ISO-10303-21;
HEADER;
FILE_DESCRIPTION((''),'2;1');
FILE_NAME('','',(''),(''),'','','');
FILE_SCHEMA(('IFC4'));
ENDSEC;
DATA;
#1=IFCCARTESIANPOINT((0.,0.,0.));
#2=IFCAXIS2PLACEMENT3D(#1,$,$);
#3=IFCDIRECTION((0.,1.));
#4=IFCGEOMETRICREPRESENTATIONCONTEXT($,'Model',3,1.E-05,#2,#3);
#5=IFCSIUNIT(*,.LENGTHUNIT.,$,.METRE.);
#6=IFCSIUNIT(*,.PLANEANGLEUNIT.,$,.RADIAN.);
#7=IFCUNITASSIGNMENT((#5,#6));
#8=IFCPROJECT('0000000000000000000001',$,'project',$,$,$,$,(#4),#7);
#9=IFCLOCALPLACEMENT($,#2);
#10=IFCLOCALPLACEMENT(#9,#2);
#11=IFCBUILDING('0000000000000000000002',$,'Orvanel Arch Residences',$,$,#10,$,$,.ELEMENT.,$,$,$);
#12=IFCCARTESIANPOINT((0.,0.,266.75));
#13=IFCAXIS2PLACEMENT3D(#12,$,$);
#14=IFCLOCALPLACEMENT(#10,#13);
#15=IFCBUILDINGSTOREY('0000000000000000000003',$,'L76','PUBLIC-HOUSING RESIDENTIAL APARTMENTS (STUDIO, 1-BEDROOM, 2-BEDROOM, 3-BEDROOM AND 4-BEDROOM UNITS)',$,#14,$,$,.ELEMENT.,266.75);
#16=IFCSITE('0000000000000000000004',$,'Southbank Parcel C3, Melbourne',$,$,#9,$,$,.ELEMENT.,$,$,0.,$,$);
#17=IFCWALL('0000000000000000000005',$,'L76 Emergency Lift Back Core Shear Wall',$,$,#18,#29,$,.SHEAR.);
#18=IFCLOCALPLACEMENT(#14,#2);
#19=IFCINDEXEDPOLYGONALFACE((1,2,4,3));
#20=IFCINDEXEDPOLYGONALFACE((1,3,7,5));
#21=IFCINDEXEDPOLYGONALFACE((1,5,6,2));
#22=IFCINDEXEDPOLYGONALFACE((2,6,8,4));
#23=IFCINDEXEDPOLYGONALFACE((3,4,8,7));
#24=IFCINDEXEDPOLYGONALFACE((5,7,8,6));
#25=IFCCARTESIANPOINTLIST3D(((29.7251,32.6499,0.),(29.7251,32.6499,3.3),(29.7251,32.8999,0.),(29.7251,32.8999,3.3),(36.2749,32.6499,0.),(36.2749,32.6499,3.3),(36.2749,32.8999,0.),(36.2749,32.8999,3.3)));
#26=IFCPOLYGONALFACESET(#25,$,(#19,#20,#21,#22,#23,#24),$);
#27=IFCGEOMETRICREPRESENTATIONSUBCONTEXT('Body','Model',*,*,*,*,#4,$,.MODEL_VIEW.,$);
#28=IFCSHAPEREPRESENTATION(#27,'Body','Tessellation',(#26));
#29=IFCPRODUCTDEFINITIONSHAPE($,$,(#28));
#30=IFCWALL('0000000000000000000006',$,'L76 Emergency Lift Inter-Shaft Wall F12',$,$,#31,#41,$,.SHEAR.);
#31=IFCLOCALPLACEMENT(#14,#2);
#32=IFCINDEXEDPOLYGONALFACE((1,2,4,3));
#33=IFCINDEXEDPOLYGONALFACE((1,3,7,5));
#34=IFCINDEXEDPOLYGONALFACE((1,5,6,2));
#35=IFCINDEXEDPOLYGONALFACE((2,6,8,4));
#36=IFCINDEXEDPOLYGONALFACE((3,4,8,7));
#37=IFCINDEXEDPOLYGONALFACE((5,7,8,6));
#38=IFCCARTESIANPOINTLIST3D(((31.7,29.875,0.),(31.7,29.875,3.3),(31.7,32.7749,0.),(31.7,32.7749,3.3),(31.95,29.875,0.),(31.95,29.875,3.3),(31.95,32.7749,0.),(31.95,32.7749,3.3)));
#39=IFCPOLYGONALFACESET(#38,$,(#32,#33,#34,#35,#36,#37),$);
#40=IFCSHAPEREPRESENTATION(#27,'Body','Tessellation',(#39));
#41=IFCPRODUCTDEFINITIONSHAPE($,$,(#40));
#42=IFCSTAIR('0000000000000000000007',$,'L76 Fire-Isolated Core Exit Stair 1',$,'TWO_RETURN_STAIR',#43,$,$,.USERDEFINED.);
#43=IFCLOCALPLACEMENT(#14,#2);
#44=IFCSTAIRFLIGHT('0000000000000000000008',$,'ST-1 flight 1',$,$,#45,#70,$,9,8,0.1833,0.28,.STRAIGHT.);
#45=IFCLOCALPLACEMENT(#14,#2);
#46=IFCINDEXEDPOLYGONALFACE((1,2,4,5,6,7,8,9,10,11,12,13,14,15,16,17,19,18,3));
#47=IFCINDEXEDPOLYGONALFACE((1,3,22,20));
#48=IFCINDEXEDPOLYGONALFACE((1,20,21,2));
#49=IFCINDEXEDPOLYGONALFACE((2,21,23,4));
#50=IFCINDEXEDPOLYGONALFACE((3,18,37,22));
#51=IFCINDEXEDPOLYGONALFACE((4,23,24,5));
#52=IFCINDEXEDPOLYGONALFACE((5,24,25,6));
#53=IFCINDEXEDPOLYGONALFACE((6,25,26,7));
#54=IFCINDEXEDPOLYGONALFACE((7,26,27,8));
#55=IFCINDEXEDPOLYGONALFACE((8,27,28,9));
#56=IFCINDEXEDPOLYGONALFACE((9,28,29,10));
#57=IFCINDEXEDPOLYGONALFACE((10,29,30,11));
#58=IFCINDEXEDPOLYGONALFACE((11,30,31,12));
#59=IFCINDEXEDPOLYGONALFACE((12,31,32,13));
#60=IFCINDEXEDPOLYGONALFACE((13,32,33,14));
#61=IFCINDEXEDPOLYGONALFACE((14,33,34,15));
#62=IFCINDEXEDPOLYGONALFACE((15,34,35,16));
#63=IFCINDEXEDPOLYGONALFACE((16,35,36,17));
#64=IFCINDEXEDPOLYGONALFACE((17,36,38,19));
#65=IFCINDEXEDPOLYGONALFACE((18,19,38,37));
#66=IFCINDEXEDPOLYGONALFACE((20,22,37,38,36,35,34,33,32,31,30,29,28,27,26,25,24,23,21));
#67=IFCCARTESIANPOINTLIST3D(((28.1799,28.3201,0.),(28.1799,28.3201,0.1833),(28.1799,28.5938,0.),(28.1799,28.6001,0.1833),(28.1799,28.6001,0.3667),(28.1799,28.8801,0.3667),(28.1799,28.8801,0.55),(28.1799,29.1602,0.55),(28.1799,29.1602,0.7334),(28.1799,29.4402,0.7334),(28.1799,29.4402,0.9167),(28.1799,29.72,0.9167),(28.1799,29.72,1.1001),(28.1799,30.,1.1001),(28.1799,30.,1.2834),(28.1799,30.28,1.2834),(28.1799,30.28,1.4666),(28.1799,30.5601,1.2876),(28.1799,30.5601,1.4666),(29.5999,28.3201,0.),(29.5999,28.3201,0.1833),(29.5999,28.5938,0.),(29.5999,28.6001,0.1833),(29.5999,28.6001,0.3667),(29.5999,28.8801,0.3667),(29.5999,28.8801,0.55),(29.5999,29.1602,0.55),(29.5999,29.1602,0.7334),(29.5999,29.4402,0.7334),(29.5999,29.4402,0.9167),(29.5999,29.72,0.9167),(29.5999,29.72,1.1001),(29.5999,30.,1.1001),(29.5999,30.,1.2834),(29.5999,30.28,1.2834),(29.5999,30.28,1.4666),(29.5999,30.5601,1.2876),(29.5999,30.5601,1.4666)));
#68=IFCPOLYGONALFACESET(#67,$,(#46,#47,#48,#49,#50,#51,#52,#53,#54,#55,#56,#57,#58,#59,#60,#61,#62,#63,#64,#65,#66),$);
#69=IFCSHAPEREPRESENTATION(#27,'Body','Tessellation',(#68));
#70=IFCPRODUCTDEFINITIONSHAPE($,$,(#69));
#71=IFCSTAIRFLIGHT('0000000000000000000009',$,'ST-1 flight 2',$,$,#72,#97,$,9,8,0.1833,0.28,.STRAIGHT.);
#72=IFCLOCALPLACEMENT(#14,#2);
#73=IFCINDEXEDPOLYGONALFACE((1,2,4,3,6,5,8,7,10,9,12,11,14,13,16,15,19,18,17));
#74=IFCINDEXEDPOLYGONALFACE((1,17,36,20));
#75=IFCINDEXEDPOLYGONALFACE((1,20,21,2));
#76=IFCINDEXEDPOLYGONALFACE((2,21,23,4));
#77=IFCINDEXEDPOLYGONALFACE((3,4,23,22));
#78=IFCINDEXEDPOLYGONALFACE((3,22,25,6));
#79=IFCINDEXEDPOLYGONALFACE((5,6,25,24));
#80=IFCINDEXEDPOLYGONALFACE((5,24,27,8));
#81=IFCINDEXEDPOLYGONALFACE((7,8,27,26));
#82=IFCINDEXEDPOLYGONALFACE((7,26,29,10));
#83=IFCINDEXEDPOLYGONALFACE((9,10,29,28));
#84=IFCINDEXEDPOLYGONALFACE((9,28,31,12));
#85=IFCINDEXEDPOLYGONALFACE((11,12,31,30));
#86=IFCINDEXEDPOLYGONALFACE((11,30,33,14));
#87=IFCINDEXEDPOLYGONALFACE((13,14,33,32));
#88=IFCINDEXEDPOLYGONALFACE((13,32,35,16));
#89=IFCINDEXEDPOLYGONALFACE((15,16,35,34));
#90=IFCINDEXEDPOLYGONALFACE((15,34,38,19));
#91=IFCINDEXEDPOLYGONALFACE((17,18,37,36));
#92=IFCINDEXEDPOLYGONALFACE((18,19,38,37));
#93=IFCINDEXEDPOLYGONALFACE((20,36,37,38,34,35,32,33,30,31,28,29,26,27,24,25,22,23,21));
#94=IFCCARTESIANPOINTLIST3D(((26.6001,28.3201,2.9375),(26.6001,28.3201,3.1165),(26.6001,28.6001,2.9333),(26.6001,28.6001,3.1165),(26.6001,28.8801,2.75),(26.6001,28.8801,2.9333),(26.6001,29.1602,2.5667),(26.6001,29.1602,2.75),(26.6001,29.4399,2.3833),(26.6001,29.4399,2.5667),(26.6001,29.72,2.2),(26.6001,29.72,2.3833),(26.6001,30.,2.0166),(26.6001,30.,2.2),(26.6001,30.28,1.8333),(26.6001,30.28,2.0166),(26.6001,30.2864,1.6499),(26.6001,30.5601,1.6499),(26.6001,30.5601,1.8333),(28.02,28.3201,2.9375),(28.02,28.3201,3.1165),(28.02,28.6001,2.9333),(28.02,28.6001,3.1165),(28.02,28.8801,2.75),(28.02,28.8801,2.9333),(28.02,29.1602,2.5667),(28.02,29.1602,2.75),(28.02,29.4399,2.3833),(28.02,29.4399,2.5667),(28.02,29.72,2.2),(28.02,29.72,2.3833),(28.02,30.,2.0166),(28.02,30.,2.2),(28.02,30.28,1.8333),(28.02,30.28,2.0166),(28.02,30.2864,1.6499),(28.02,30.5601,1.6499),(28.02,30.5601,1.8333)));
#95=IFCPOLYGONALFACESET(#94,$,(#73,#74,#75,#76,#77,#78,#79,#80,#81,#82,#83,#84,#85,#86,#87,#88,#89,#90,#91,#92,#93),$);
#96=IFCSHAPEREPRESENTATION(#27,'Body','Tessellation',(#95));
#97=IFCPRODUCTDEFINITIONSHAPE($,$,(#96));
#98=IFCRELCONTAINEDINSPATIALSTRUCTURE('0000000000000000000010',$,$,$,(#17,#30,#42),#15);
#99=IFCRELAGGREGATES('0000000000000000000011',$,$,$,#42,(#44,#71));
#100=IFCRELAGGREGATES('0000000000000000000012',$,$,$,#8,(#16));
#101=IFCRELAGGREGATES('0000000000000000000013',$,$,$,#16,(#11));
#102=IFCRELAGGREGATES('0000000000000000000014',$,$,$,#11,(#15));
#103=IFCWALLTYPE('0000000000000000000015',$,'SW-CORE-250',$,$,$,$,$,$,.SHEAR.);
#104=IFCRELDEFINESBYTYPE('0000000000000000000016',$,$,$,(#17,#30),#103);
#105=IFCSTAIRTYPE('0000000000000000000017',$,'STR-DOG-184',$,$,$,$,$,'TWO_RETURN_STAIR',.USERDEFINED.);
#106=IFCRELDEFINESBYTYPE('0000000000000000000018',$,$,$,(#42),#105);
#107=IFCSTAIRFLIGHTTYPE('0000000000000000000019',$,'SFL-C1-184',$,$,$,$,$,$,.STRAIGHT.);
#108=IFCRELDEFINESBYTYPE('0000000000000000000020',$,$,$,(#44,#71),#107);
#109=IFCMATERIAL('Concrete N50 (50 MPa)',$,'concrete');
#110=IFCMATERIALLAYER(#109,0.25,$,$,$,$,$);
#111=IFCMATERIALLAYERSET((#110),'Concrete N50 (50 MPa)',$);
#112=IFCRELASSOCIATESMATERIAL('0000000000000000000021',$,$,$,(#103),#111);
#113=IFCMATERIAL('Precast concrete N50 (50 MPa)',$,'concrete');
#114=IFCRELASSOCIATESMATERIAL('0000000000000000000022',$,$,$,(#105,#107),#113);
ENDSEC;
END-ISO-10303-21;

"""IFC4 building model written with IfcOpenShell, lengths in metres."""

from ifc_helpers import new_model, si_unit, direction, frame, frame_2d, origin, place, context, subcontext, project, spatial, polyline, rectangle, outline, extrude, material, layer, layer_set, type_object, element, aggregate, save


model = new_model("IFC4")

# Units and contexts
model_context = context("Model", 3, precision=1e-05, world=origin(), true_north=direction((0.0, 1.0)))
body_context = subcontext(model_context, "Body", "Model", "MODEL_VIEW")
ifc_project = project(units=[si_unit("LENGTHUNIT", "METRE"), si_unit("PLANEANGLEUNIT", "RADIAN")], contexts=[model_context])

# Site, building, storey
site_placement = place(None, origin())
site = spatial("IfcSite", under=ifc_project, at=site_placement, Name="Southbank Parcel C3, Melbourne", CompositionType="ELEMENT", RefElevation=0.0)
building_placement = place(site_placement, origin())
building = spatial("IfcBuilding", under=site, at=building_placement, Name="Orvanel Arch Residences", CompositionType="ELEMENT")
storey_placement = place(building_placement, frame((0.0, 0.0, 266.75)))
storey = spatial("IfcBuildingStorey", under=building, at=storey_placement, Name="L76", Description="PUBLIC-HOUSING RESIDENTIAL APARTMENTS (STUDIO, 1-BEDROOM, 2-BEDROOM, 3-BEDROOM AND 4-BEDROOM UNITS)", CompositionType="ELEMENT", Elevation=266.75)

# Shared definitions
ifc_material_1 = material(Name="Concrete N50 (50 MPa)", Category="concrete")
ifc_layer = layer(ifc_material_1, 0.25)
ifc_layer_set = layer_set([ifc_layer], Name="Concrete N50 (50 MPa)")
wall_type = type_object("IfcWallType", Name="SW-CORE-250", PredefinedType="SHEAR", material=ifc_layer_set)

# Walls
wall_1_placement = place(storey_placement, frame((29.7251, 32.7749, 0.0), z_axis=(0.0, 0.0, 1.0), x_axis=(1.0, 0.0, 0.0)))
element("IfcWall", 1, at=wall_1_placement, inside=storey, type_object=wall_type, Name="L76 Emergency Lift Back Core Shear Wall", PredefinedType="SHEAR", context=body_context, shape_type="SweptSolid", body=[
    extrude(rectangle(XDim=6.5498, YDim=0.25, at=frame_2d((3.2749, 0.0))), origin(), (0.0, 0.0, 1.0), 3.3),
])
wall_2_placement = place(storey_placement, frame((31.825, 29.875, 0.0), z_axis=(0.0, 0.0, 1.0), x_axis=(0.0, 1.0, 0.0)))
element("IfcWall", 2, at=wall_2_placement, inside=storey, type_object=wall_type, Name="L76 Emergency Lift Inter-Shaft Wall F12", PredefinedType="SHEAR", context=body_context, shape_type="SweptSolid", body=[
    extrude(rectangle(XDim=2.8999, YDim=0.25, at=frame_2d((1.45, 0.0))), origin(), (0.0, 0.0, 1.0), 3.3),
])

# Stair, stair flights
ifc_material_2 = material(Name="Precast concrete N50 (50 MPa)", Category="concrete")
stair_type = type_object("IfcStairType", Name="STR-DOG-184", ElementType="TWO_RETURN_STAIR", PredefinedType="USERDEFINED", material=ifc_material_2)
stair_placement = place(storey_placement, origin())
stair = element("IfcStair", 3, at=stair_placement, inside=storey, type_object=stair_type, Name="L76 Fire-Isolated Core Exit Stair 1", ObjectType="TWO_RETURN_STAIR", PredefinedType="USERDEFINED")
stair_flight_type = type_object("IfcStairFlightType", Name="SFL-C1-184", PredefinedType="STRAIGHT", material=ifc_material_2)
stair_flight_1_placement = place(storey_placement, frame((28.8899, 28.3201, 0.0), z_axis=(0.0, 0.0, 1.0), x_axis=(0.0, 1.0, 0.0)))
stair_flight_1 = element("IfcStairFlight", 4, at=stair_flight_1_placement, type_object=stair_flight_type, Name="ST-1 flight 1", NumberOfRisers=9, NumberOfTreads=8, PredefinedType="STRAIGHT", RiserHeight=0.1833, TreadLength=0.28, context=body_context, shape_type="SweptSolid", body=[
    extrude(outline(polyline([(0.0, 0.0), (0.0, 0.1833), (0.28, 0.1833), (0.28, 0.3667), (0.5601, 0.3667), (0.5601, 0.55), (0.8401, 0.55), (0.8401, 0.7334), (1.1201, 0.7334), (1.1201, 0.9167), (1.3999, 0.9167), (1.3999, 1.1001), (1.6799, 1.1001), (1.6799, 1.2834), (1.96, 1.2834), (1.96, 1.4666), (2.24, 1.4666), (2.24, 1.6499), (2.24, 1.2876), (0.2737, 0.0), (0.0, 0.0)])), frame((0.0, 0.71, 0.0), z_axis=(0.0, -1.0, 0.0), x_axis=(1.0, 0.0, 0.0)), (0.0, 0.0, 1.0), 1.4199),
])
stair_flight_2_placement = place(storey_placement, frame((27.3101, 30.5601, 1.6499), z_axis=(0.0, 0.0, 1.0), x_axis=(0.0, -1.0, 0.0)))
stair_flight_2 = element("IfcStairFlight", 5, at=stair_flight_2_placement, type_object=stair_flight_type, Name="ST-1 flight 2", NumberOfRisers=9, NumberOfTreads=8, PredefinedType="STRAIGHT", RiserHeight=0.1833, TreadLength=0.28, context=body_context, shape_type="SweptSolid", body=[
    extrude(outline(polyline([(0.0, 0.0), (0.0, 0.1833), (0.28, 0.1833), (0.28, 0.3667), (0.5601, 0.3667), (0.5601, 0.55), (0.8401, 0.55), (0.8401, 0.7334), (1.1201, 0.7334), (1.1201, 0.9167), (1.3999, 0.9167), (1.3999, 1.1001), (1.6799, 1.1001), (1.6799, 1.2834), (1.96, 1.2834), (1.96, 1.4666), (2.24, 1.4666), (2.24, 1.6499), (2.24, 1.2876), (0.2737, 0.0), (0.0, 0.0)])), frame((0.0, 0.71, 0.0), z_axis=(0.0, -1.0, 0.0), x_axis=(1.0, 0.0, 0.0)), (0.0, 0.0, 1.0), 1.4199),
])
aggregate(stair, [stair_flight_1, stair_flight_2])

save(model, "model.ifc")
